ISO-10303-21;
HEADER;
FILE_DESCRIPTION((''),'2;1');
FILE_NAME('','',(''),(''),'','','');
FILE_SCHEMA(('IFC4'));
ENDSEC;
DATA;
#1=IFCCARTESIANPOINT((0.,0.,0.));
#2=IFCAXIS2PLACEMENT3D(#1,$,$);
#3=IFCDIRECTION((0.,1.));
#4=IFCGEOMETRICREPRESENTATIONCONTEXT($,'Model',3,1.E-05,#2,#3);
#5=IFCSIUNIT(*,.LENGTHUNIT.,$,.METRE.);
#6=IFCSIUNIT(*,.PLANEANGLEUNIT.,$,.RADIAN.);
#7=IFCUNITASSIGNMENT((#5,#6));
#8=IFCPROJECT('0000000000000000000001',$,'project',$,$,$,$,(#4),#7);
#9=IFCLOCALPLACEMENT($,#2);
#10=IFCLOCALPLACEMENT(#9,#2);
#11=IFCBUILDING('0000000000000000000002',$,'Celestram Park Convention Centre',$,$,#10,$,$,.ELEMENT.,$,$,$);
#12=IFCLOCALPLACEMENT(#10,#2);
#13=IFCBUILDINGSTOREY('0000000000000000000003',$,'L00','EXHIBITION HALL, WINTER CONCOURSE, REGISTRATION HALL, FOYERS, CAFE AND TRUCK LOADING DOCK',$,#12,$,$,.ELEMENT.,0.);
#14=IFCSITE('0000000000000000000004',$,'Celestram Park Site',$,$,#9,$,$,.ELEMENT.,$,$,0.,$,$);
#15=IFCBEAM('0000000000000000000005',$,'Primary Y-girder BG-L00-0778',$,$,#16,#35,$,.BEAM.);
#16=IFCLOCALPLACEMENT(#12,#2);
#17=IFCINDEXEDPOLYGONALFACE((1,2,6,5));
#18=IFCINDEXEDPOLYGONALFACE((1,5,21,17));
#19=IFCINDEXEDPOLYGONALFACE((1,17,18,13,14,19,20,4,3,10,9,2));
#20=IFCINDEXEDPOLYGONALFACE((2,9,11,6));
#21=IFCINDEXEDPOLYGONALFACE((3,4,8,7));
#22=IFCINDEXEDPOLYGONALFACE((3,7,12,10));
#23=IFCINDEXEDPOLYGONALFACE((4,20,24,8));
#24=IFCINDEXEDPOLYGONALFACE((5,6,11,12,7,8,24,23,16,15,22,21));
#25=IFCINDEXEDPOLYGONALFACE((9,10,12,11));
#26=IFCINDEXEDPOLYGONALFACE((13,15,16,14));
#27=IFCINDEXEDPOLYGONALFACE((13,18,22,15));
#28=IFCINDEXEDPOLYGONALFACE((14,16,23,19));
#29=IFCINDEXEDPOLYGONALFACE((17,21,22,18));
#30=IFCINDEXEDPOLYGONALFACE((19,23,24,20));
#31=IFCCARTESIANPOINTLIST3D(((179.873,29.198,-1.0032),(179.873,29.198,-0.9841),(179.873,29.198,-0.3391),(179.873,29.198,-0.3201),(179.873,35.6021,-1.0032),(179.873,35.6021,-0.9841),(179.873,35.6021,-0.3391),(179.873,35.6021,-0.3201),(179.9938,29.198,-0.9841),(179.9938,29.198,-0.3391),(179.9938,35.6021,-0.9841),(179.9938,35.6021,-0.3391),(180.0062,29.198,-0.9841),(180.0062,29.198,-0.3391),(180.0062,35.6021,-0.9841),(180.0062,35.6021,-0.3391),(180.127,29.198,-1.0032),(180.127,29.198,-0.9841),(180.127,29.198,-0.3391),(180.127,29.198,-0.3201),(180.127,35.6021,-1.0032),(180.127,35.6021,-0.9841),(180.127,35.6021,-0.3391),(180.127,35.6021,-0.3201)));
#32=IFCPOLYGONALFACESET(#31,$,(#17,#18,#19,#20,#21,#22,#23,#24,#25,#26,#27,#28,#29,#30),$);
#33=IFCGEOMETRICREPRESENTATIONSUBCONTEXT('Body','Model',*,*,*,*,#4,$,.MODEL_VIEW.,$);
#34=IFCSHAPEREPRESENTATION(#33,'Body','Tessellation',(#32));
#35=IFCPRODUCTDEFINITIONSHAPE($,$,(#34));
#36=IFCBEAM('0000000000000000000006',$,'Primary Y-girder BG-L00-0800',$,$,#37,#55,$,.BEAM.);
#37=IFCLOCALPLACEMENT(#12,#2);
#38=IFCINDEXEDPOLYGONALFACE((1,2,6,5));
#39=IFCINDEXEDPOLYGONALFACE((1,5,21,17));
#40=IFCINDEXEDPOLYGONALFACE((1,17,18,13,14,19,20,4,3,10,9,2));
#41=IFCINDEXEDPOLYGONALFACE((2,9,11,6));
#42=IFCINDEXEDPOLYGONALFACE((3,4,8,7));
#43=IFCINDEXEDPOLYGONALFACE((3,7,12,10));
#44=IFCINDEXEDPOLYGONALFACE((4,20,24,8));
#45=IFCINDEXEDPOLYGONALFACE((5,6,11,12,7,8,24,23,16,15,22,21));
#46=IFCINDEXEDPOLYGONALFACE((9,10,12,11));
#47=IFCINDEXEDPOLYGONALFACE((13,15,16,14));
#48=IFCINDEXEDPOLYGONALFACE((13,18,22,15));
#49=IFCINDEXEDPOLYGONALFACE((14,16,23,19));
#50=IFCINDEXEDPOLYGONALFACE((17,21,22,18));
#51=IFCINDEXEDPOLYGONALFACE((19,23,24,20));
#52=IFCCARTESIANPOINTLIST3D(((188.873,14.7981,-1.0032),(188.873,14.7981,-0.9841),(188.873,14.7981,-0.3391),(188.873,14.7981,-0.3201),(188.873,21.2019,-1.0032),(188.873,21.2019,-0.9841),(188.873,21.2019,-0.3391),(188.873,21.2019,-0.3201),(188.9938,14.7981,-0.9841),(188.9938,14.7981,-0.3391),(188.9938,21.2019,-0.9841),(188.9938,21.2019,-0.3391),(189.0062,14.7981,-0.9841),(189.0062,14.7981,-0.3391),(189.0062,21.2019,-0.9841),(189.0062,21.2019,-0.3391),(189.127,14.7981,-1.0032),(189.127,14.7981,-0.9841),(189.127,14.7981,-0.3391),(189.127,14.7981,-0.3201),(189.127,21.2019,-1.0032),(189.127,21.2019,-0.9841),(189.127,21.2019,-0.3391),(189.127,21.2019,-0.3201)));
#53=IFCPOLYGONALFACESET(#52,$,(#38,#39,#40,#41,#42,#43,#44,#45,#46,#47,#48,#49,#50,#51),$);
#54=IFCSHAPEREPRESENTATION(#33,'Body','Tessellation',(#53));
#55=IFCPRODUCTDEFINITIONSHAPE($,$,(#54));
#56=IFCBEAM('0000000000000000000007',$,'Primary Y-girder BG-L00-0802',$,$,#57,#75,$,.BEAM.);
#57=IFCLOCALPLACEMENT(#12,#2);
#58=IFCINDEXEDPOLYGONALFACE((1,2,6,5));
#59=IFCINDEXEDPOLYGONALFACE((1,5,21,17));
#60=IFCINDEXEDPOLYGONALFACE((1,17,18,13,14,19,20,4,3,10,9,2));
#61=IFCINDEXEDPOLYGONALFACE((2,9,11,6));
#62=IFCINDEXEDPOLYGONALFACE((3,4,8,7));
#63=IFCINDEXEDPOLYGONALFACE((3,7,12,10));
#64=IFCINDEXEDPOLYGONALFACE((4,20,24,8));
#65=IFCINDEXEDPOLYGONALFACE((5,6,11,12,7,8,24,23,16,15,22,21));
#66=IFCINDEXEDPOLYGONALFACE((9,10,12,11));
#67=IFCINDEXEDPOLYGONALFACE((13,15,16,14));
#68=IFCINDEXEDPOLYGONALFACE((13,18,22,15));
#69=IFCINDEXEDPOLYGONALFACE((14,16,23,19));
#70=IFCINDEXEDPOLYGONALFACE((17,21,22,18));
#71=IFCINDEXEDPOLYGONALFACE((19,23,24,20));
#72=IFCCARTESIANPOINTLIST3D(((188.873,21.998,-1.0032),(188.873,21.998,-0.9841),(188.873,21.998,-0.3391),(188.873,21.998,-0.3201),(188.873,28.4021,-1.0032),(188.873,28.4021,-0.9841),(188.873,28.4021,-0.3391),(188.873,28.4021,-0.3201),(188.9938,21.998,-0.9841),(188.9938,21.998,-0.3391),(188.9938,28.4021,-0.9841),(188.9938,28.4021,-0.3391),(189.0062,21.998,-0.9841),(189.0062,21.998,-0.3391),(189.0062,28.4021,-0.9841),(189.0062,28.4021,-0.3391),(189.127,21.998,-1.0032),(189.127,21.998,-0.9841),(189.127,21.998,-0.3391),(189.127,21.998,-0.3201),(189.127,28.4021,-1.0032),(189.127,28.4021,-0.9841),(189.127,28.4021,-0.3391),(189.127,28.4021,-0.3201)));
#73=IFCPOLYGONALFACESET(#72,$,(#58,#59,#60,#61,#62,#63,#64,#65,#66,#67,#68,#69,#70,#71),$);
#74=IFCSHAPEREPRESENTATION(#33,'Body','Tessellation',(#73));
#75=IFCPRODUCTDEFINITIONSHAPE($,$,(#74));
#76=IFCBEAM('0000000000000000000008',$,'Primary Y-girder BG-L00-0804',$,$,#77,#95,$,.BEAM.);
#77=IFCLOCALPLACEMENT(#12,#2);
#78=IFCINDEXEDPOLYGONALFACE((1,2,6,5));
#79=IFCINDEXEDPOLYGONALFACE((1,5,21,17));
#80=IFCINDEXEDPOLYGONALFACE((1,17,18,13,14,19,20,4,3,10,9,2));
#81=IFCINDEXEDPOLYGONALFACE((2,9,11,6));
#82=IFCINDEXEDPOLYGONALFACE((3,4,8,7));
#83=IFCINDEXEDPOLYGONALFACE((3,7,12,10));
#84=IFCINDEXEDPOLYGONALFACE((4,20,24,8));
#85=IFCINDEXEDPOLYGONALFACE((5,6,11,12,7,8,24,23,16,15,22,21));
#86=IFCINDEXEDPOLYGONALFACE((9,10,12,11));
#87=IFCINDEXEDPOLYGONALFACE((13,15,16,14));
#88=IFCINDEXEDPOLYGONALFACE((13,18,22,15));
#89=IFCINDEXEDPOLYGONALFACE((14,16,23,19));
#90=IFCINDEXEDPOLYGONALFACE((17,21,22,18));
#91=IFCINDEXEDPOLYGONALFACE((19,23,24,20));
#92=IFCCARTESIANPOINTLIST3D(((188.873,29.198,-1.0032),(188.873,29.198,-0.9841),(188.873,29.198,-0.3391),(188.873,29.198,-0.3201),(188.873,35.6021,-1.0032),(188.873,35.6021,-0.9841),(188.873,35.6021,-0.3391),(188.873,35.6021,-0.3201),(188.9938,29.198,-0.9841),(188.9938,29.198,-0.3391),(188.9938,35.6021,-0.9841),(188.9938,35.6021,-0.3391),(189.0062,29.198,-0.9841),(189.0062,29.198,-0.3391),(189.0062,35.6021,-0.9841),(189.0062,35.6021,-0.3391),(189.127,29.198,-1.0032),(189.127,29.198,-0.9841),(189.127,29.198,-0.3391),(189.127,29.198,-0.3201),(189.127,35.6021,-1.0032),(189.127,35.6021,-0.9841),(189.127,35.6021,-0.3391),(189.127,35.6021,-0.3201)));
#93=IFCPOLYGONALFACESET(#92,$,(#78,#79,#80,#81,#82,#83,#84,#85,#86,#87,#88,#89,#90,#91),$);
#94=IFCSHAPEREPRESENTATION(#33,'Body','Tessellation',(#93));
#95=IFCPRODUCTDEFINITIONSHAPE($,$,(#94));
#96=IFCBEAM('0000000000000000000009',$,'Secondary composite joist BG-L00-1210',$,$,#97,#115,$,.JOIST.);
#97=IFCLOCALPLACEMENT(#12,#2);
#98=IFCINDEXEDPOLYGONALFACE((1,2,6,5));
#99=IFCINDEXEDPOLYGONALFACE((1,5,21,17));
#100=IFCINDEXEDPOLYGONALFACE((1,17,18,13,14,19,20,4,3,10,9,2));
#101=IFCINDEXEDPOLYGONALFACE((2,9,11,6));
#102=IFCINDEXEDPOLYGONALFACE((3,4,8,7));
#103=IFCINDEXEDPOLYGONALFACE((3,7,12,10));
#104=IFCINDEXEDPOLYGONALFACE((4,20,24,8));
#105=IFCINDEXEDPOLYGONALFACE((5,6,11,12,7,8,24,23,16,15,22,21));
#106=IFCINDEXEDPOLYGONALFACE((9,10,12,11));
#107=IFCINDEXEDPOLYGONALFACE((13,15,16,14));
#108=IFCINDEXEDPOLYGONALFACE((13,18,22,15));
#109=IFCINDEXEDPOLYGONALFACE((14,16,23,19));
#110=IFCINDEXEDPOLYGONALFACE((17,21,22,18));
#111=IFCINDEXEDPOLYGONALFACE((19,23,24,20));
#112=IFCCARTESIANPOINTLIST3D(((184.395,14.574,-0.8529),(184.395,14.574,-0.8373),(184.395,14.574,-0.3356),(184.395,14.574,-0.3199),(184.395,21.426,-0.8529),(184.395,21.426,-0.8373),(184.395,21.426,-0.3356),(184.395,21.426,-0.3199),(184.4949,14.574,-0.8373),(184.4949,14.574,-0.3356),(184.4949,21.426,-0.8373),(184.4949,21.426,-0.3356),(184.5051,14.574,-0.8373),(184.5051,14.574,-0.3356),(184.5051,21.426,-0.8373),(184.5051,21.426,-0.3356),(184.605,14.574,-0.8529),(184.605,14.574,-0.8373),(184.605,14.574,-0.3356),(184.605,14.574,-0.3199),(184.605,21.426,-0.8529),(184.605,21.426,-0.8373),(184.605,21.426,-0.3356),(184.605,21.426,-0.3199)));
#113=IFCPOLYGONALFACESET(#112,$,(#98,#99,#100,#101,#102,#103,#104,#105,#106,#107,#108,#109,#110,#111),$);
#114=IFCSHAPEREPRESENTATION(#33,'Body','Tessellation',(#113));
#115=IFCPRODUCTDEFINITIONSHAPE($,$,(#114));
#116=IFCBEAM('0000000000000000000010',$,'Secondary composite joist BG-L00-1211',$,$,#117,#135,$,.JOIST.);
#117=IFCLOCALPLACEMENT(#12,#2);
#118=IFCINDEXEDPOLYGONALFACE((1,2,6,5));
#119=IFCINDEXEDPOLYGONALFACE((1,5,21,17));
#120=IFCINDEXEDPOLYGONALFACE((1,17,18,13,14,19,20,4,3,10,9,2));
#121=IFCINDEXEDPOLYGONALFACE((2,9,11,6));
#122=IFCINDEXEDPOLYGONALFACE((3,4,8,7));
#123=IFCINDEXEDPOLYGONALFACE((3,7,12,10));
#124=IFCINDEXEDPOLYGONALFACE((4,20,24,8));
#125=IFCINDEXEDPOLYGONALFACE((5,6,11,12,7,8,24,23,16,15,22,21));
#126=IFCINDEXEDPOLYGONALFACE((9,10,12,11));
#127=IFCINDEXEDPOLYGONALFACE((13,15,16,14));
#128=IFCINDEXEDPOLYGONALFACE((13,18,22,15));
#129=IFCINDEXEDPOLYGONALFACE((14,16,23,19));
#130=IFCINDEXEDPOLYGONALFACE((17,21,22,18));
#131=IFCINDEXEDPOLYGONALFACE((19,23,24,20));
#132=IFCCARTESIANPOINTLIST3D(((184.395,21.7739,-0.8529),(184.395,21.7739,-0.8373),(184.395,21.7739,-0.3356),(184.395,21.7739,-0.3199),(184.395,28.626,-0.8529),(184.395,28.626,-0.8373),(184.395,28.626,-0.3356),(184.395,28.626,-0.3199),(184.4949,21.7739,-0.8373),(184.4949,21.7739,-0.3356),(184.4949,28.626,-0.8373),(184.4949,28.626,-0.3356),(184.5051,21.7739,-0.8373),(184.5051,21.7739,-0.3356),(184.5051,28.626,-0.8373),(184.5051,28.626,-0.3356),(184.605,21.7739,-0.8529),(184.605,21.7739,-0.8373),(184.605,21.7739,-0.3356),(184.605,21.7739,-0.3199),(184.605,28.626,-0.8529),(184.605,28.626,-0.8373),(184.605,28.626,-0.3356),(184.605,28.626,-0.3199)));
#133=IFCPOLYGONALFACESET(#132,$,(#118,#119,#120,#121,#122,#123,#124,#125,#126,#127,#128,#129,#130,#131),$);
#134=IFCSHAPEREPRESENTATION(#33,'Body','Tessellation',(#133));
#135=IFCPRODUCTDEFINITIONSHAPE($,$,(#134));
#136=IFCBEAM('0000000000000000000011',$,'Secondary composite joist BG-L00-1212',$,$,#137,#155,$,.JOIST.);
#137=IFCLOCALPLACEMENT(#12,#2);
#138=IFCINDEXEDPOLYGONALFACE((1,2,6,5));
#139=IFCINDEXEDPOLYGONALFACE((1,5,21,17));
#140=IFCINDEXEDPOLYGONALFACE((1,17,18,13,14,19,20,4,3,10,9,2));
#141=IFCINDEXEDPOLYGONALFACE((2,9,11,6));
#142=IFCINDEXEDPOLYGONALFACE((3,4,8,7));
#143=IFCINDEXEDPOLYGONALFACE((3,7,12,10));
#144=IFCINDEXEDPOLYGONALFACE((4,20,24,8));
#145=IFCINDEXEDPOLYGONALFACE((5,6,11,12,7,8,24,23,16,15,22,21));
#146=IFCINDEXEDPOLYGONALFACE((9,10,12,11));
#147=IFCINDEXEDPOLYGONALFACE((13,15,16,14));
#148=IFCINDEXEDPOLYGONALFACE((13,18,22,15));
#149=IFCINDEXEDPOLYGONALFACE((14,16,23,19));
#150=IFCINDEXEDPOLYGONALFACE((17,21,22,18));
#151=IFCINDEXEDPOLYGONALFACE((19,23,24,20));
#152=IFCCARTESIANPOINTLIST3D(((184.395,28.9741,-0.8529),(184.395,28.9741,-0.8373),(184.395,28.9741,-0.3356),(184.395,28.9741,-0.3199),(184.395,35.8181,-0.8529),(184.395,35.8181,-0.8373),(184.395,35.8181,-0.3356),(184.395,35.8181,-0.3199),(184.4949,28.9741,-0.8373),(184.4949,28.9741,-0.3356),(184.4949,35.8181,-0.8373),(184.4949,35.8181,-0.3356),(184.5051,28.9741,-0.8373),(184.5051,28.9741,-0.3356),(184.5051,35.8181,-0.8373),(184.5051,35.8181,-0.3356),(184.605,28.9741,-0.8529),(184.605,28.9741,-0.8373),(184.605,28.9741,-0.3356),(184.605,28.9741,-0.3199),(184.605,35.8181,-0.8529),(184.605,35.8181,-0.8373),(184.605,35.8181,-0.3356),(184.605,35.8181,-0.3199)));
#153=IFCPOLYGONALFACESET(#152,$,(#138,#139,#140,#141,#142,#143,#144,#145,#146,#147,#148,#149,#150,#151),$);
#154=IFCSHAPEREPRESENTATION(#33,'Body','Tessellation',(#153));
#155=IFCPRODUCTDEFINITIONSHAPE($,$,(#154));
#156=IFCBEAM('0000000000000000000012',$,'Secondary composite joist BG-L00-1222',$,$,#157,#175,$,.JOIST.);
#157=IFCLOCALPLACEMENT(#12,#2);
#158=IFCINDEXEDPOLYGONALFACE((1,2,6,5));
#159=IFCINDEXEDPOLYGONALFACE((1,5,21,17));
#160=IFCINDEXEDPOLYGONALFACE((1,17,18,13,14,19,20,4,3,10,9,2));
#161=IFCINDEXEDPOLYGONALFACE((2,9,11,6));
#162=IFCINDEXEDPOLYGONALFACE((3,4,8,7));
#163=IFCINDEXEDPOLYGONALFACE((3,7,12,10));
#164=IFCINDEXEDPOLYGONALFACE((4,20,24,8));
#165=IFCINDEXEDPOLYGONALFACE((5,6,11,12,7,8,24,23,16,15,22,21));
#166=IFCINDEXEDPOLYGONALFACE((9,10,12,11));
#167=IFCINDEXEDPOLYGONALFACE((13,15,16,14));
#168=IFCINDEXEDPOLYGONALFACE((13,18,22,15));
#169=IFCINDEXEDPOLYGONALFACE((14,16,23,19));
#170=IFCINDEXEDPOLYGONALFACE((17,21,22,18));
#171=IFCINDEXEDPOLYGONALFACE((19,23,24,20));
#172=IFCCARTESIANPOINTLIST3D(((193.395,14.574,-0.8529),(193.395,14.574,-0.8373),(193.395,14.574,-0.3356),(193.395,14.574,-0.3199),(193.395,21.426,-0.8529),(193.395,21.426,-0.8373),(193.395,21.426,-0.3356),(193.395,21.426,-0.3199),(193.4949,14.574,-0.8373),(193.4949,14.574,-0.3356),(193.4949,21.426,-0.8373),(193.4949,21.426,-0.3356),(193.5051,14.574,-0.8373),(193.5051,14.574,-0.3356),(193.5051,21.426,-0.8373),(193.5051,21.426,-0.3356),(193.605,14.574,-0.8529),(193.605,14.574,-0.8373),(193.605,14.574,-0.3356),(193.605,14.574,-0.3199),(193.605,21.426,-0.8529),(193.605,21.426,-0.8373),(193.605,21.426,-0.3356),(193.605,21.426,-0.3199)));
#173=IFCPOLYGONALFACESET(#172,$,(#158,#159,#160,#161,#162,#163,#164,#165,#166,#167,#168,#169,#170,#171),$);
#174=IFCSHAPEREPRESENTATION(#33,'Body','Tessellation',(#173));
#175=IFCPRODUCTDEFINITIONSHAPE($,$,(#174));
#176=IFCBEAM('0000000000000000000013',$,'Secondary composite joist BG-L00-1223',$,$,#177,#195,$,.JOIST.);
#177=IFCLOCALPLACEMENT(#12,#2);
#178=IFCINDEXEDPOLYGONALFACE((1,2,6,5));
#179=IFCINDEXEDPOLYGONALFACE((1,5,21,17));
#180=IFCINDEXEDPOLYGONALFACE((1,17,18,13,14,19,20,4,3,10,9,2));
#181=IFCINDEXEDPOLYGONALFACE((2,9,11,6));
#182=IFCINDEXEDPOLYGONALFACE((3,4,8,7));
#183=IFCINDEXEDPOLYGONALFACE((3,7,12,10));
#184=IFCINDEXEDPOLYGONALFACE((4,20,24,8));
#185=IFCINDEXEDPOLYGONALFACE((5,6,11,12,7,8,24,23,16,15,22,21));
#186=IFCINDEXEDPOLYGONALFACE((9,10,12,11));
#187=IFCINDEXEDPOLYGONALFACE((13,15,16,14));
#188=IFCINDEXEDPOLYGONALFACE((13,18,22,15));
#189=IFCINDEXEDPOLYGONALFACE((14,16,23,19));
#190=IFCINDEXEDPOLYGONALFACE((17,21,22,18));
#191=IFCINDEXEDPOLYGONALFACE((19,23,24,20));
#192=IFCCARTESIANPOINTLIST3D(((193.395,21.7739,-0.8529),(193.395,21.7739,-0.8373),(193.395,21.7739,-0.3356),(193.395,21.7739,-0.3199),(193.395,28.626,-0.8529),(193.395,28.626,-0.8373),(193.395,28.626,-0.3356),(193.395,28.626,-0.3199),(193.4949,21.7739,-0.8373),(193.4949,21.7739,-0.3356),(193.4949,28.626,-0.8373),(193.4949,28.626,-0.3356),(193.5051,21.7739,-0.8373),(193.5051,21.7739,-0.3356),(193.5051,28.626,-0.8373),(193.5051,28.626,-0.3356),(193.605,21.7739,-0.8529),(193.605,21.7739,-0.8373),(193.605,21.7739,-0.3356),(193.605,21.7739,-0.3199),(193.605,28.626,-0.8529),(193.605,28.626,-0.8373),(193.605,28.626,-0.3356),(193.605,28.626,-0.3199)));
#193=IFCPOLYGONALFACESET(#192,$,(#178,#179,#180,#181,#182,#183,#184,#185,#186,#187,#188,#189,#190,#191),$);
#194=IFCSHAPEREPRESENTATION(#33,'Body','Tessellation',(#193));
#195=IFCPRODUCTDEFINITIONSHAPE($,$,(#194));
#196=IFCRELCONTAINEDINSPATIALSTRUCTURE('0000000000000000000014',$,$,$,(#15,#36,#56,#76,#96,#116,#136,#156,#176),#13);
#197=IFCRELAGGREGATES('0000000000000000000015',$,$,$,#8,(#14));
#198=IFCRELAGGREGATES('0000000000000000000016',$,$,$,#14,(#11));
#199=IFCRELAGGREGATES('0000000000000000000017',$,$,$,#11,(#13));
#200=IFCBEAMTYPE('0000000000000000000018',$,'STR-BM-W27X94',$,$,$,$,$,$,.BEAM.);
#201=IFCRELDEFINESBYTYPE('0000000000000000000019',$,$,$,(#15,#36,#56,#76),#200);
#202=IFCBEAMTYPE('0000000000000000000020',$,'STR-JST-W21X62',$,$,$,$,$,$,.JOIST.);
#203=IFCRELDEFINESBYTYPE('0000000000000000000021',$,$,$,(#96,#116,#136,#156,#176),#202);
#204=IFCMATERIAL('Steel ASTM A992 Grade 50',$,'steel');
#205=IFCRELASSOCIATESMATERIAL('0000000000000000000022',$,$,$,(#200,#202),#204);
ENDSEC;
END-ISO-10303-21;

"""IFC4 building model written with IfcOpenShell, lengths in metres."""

from ifc_helpers import new_model, si_unit, direction, frame, origin, origin_2d, place, context, subcontext, project, spatial, i_section, extrude, material, material_profile, profile_set, type_object, element, save


model = new_model("IFC4")

# Units and contexts
model_context = context("Model", 3, precision=1e-05, world=origin(), true_north=direction((0.0, 1.0)))
body_context = subcontext(model_context, "Body", "Model", "MODEL_VIEW")
ifc_project = project(units=[si_unit("LENGTHUNIT", "METRE"), si_unit("PLANEANGLEUNIT", "RADIAN")], contexts=[model_context])

# Site, building, storey
site_placement = place(None, origin())
site = spatial("IfcSite", under=ifc_project, at=site_placement, Name="Celestram Park Site", CompositionType="ELEMENT", RefElevation=0.0)
building_placement = place(site_placement, origin())
building = spatial("IfcBuilding", under=site, at=building_placement, Name="Celestram Park Convention Centre", CompositionType="ELEMENT")
storey_placement = place(building_placement, origin())
storey = spatial("IfcBuildingStorey", under=building, at=storey_placement, Name="L00", Description="EXHIBITION HALL, WINTER CONCOURSE, REGISTRATION HALL, FOYERS, CAFE AND TRUCK LOADING DOCK", CompositionType="ELEMENT", Elevation=0.0)

# Beams
ifc_material_1 = material(Name="Steel ASTM A992 Grade 50", Category="steel")
ifc_material_profile_1 = material_profile(ifc_material_1, i_section(OverallWidth=0.2539, OverallDepth=0.6831, WebThickness=0.0125, FlangeThickness=0.019, at=origin_2d()), Name="W27X94")
ifc_profile_set_1 = profile_set([ifc_material_profile_1], Name="Steel ASTM A992 Grade 50")
beam_type_1 = type_object("IfcBeamType", Name="STR-BM-W27X94", PredefinedType="BEAM", material=ifc_profile_set_1)
for number, where, z_axis, x_axis, name in (
    (1, (180.0, 29.198, -0.6616), (0.0, 1.0, 0.0), (-1.0, 0.0, 0.0), "Primary Y-girder BG-L00-0778"),
):
    element("IfcBeam", number, at=place(storey_placement, frame(where, z_axis=z_axis, x_axis=x_axis)), inside=storey, type_object=beam_type_1, Name=name, PredefinedType="BEAM", context=body_context, shape_type="SweptSolid", body=[
        extrude(i_section(OverallWidth=0.2539, OverallDepth=0.6831, WebThickness=0.0125, FlangeThickness=0.019, at=origin_2d()), origin(), (0.0, 0.0, 1.0), 6.4041),
    ])
beam_1_placement = place(storey_placement, frame((189.0, 14.7981, -0.6616), z_axis=(0.0, 1.0, 0.0), x_axis=(-1.0, 0.0, 0.0)))
element("IfcBeam", 2, at=beam_1_placement, inside=storey, type_object=beam_type_1, Name="Primary Y-girder BG-L00-0800", PredefinedType="BEAM", context=body_context, shape_type="SweptSolid", body=[
    extrude(i_section(OverallWidth=0.2539, OverallDepth=0.6831, WebThickness=0.0125, FlangeThickness=0.019, at=origin_2d()), origin(), (0.0, 0.0, 1.0), 6.4038),
])
for number, where, z_axis, x_axis, name in (
    (3, (189.0, 21.998, -0.6616), (0.0, 1.0, 0.0), (-1.0, 0.0, 0.0), "Primary Y-girder BG-L00-0802"),
    (4, (189.0, 29.198, -0.6616), (0.0, 1.0, 0.0), (-1.0, 0.0, 0.0), "Primary Y-girder BG-L00-0804"),
):
    element("IfcBeam", number, at=place(storey_placement, frame(where, z_axis=z_axis, x_axis=x_axis)), inside=storey, type_object=beam_type_1, Name=name, PredefinedType="BEAM", context=body_context, shape_type="SweptSolid", body=[
        extrude(i_section(OverallWidth=0.2539, OverallDepth=0.6831, WebThickness=0.0125, FlangeThickness=0.019, at=origin_2d()), origin(), (0.0, 0.0, 1.0), 6.4041),
    ])
ifc_material_profile_2 = material_profile(ifc_material_1, i_section(OverallWidth=0.21, OverallDepth=0.533, WebThickness=0.0103, FlangeThickness=0.0156, at=origin_2d()), Name="W21X62")
ifc_profile_set_2 = profile_set([ifc_material_profile_2], Name="Steel ASTM A992 Grade 50")
beam_type_2 = type_object("IfcBeamType", Name="STR-JST-W21X62", PredefinedType="JOIST", material=ifc_profile_set_2)
for number, where, z_axis, x_axis, name in (
    (5, (184.5, 14.574, -0.5864), (0.0, 1.0, 0.0), (-1.0, 0.0, 0.0), "Secondary composite joist BG-L00-1210"),
    (6, (184.5, 21.7739, -0.5864), (0.0, 1.0, 0.0), (-1.0, 0.0, 0.0), "Secondary composite joist BG-L00-1211"),
):
    element("IfcBeam", number, at=place(storey_placement, frame(where, z_axis=z_axis, x_axis=x_axis)), inside=storey, type_object=beam_type_2, Name=name, PredefinedType="JOIST", context=body_context, shape_type="SweptSolid", body=[
        extrude(i_section(OverallWidth=0.21, OverallDepth=0.533, WebThickness=0.0103, FlangeThickness=0.0156, at=origin_2d()), origin(), (0.0, 0.0, 1.0), 6.8521),
    ])
beam_2_placement = place(storey_placement, frame((184.5, 28.9741, -0.5864), z_axis=(0.0, 1.0, 0.0), x_axis=(-1.0, 0.0, 0.0)))
element("IfcBeam", 7, at=beam_2_placement, inside=storey, type_object=beam_type_2, Name="Secondary composite joist BG-L00-1212", PredefinedType="JOIST", context=body_context, shape_type="SweptSolid", body=[
    extrude(i_section(OverallWidth=0.21, OverallDepth=0.533, WebThickness=0.0103, FlangeThickness=0.0156, at=origin_2d()), origin(), (0.0, 0.0, 1.0), 6.844),
])
for number, where, z_axis, x_axis, name in (
    (8, (193.5, 14.574, -0.5864), (0.0, 1.0, 0.0), (-1.0, 0.0, 0.0), "Secondary composite joist BG-L00-1222"),
    (9, (193.5, 21.7739, -0.5864), (0.0, 1.0, 0.0), (-1.0, 0.0, 0.0), "Secondary composite joist BG-L00-1223"),
):
    element("IfcBeam", number, at=place(storey_placement, frame(where, z_axis=z_axis, x_axis=x_axis)), inside=storey, type_object=beam_type_2, Name=name, PredefinedType="JOIST", context=body_context, shape_type="SweptSolid", body=[
        extrude(i_section(OverallWidth=0.21, OverallDepth=0.533, WebThickness=0.0103, FlangeThickness=0.0156, at=origin_2d()), origin(), (0.0, 0.0, 1.0), 6.8521),
    ])

save(model, "model.ifc")
